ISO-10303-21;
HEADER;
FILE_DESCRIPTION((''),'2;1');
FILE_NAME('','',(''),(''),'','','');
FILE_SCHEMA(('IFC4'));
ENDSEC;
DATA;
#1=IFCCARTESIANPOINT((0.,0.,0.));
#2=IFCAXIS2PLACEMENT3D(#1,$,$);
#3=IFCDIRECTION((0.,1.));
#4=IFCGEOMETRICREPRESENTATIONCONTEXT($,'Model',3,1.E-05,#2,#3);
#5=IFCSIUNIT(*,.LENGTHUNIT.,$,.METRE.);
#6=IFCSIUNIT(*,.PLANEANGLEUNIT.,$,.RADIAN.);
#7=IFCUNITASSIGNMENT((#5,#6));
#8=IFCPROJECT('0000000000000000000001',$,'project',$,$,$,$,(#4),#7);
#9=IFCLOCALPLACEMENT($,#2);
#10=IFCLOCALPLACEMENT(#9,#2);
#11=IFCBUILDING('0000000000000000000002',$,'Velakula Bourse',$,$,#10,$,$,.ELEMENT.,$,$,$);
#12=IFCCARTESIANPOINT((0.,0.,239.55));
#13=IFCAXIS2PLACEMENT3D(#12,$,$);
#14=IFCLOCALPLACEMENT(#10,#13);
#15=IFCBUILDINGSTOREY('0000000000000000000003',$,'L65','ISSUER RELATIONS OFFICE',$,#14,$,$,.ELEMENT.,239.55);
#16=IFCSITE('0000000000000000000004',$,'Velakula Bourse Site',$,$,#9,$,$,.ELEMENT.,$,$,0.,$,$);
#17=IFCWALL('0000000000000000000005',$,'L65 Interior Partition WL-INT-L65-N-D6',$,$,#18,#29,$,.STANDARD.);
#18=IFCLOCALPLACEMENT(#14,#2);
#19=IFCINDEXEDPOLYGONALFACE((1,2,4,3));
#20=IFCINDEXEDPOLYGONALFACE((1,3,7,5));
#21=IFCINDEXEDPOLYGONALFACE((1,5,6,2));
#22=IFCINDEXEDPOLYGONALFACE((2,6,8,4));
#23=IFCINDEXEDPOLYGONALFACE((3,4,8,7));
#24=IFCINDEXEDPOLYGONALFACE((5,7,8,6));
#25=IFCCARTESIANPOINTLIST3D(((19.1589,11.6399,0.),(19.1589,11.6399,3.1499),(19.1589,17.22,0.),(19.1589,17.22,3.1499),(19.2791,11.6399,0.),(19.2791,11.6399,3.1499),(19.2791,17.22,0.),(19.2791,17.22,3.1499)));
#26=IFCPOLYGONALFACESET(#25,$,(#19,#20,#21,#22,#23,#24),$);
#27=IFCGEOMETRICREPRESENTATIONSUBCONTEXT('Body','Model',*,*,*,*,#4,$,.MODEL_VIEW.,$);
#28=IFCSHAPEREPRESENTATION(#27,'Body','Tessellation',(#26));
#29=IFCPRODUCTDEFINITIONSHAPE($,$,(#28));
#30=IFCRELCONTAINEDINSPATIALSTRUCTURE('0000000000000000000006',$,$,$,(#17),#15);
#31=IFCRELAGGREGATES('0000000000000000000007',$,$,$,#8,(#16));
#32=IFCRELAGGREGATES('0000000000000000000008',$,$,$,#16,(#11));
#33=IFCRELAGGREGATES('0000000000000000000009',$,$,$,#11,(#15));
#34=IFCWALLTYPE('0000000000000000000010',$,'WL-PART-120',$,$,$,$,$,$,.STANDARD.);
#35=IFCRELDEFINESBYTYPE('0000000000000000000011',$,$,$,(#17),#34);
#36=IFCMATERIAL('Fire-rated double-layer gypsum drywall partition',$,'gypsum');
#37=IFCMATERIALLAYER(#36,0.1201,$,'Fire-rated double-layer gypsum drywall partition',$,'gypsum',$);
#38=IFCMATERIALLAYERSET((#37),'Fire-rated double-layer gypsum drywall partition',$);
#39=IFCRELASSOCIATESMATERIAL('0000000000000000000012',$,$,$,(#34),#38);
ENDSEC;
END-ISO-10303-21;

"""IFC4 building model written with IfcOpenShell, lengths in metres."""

from ifc_helpers import new_model, si_unit, direction, frame, frame_2d, origin, place, context, subcontext, project, spatial, rectangle, extrude, material, layer, layer_set, type_object, element, save


model = new_model("IFC4")

# Units and contexts
model_context = context("Model", 3, precision=1e-05, world=origin(), true_north=direction((0.0, 1.0)))
body_context = subcontext(model_context, "Body", "Model", "MODEL_VIEW")
ifc_project = project(units=[si_unit("LENGTHUNIT", "METRE"), si_unit("PLANEANGLEUNIT", "RADIAN")], contexts=[model_context])

# Site, building, storey
site_placement = place(None, origin())
site = spatial("IfcSite", under=ifc_project, at=site_placement, Name="Velakula Bourse Site", CompositionType="ELEMENT", RefElevation=0.0)
building_placement = place(site_placement, origin())
building = spatial("IfcBuilding", under=site, at=building_placement, Name="Velakula Bourse", CompositionType="ELEMENT")
storey_placement = place(building_placement, frame((0.0, 0.0, 239.55)))
storey = spatial("IfcBuildingStorey", under=building, at=storey_placement, Name="L65", Description="ISSUER RELATIONS OFFICE", CompositionType="ELEMENT", Elevation=239.55)

# Wall
ifc_material_1 = material(Name="Fire-rated double-layer gypsum drywall partition", Category="gypsum")
ifc_layer_1 = layer(ifc_material_1, 0.1201, Name="Fire-rated double-layer gypsum drywall partition", Category="gypsum")
ifc_layer_set_1 = layer_set([ifc_layer_1], Name="Fire-rated double-layer gypsum drywall partition")
wall_type_1 = type_object("IfcWallType", Name="WL-PART-120", PredefinedType="STANDARD", material=ifc_layer_set_1)
wall_1_placement = place(storey_placement, frame((19.219, 11.6399, 0.0), z_axis=(0.0, 0.0, 1.0), x_axis=(0.0, 1.0, 0.0)))
element("IfcWall", 1, at=wall_1_placement, inside=storey, type_object=wall_type_1, Name="L65 Interior Partition WL-INT-L65-N-D6", PredefinedType="STANDARD", context=body_context, shape_type="SweptSolid", body=[
    extrude(rectangle(XDim=5.5801, YDim=0.1201, at=frame_2d((2.79, 0.0))), origin(), (0.0, 0.0, 1.0), 3.1499),
])

save(model, "model.ifc")
